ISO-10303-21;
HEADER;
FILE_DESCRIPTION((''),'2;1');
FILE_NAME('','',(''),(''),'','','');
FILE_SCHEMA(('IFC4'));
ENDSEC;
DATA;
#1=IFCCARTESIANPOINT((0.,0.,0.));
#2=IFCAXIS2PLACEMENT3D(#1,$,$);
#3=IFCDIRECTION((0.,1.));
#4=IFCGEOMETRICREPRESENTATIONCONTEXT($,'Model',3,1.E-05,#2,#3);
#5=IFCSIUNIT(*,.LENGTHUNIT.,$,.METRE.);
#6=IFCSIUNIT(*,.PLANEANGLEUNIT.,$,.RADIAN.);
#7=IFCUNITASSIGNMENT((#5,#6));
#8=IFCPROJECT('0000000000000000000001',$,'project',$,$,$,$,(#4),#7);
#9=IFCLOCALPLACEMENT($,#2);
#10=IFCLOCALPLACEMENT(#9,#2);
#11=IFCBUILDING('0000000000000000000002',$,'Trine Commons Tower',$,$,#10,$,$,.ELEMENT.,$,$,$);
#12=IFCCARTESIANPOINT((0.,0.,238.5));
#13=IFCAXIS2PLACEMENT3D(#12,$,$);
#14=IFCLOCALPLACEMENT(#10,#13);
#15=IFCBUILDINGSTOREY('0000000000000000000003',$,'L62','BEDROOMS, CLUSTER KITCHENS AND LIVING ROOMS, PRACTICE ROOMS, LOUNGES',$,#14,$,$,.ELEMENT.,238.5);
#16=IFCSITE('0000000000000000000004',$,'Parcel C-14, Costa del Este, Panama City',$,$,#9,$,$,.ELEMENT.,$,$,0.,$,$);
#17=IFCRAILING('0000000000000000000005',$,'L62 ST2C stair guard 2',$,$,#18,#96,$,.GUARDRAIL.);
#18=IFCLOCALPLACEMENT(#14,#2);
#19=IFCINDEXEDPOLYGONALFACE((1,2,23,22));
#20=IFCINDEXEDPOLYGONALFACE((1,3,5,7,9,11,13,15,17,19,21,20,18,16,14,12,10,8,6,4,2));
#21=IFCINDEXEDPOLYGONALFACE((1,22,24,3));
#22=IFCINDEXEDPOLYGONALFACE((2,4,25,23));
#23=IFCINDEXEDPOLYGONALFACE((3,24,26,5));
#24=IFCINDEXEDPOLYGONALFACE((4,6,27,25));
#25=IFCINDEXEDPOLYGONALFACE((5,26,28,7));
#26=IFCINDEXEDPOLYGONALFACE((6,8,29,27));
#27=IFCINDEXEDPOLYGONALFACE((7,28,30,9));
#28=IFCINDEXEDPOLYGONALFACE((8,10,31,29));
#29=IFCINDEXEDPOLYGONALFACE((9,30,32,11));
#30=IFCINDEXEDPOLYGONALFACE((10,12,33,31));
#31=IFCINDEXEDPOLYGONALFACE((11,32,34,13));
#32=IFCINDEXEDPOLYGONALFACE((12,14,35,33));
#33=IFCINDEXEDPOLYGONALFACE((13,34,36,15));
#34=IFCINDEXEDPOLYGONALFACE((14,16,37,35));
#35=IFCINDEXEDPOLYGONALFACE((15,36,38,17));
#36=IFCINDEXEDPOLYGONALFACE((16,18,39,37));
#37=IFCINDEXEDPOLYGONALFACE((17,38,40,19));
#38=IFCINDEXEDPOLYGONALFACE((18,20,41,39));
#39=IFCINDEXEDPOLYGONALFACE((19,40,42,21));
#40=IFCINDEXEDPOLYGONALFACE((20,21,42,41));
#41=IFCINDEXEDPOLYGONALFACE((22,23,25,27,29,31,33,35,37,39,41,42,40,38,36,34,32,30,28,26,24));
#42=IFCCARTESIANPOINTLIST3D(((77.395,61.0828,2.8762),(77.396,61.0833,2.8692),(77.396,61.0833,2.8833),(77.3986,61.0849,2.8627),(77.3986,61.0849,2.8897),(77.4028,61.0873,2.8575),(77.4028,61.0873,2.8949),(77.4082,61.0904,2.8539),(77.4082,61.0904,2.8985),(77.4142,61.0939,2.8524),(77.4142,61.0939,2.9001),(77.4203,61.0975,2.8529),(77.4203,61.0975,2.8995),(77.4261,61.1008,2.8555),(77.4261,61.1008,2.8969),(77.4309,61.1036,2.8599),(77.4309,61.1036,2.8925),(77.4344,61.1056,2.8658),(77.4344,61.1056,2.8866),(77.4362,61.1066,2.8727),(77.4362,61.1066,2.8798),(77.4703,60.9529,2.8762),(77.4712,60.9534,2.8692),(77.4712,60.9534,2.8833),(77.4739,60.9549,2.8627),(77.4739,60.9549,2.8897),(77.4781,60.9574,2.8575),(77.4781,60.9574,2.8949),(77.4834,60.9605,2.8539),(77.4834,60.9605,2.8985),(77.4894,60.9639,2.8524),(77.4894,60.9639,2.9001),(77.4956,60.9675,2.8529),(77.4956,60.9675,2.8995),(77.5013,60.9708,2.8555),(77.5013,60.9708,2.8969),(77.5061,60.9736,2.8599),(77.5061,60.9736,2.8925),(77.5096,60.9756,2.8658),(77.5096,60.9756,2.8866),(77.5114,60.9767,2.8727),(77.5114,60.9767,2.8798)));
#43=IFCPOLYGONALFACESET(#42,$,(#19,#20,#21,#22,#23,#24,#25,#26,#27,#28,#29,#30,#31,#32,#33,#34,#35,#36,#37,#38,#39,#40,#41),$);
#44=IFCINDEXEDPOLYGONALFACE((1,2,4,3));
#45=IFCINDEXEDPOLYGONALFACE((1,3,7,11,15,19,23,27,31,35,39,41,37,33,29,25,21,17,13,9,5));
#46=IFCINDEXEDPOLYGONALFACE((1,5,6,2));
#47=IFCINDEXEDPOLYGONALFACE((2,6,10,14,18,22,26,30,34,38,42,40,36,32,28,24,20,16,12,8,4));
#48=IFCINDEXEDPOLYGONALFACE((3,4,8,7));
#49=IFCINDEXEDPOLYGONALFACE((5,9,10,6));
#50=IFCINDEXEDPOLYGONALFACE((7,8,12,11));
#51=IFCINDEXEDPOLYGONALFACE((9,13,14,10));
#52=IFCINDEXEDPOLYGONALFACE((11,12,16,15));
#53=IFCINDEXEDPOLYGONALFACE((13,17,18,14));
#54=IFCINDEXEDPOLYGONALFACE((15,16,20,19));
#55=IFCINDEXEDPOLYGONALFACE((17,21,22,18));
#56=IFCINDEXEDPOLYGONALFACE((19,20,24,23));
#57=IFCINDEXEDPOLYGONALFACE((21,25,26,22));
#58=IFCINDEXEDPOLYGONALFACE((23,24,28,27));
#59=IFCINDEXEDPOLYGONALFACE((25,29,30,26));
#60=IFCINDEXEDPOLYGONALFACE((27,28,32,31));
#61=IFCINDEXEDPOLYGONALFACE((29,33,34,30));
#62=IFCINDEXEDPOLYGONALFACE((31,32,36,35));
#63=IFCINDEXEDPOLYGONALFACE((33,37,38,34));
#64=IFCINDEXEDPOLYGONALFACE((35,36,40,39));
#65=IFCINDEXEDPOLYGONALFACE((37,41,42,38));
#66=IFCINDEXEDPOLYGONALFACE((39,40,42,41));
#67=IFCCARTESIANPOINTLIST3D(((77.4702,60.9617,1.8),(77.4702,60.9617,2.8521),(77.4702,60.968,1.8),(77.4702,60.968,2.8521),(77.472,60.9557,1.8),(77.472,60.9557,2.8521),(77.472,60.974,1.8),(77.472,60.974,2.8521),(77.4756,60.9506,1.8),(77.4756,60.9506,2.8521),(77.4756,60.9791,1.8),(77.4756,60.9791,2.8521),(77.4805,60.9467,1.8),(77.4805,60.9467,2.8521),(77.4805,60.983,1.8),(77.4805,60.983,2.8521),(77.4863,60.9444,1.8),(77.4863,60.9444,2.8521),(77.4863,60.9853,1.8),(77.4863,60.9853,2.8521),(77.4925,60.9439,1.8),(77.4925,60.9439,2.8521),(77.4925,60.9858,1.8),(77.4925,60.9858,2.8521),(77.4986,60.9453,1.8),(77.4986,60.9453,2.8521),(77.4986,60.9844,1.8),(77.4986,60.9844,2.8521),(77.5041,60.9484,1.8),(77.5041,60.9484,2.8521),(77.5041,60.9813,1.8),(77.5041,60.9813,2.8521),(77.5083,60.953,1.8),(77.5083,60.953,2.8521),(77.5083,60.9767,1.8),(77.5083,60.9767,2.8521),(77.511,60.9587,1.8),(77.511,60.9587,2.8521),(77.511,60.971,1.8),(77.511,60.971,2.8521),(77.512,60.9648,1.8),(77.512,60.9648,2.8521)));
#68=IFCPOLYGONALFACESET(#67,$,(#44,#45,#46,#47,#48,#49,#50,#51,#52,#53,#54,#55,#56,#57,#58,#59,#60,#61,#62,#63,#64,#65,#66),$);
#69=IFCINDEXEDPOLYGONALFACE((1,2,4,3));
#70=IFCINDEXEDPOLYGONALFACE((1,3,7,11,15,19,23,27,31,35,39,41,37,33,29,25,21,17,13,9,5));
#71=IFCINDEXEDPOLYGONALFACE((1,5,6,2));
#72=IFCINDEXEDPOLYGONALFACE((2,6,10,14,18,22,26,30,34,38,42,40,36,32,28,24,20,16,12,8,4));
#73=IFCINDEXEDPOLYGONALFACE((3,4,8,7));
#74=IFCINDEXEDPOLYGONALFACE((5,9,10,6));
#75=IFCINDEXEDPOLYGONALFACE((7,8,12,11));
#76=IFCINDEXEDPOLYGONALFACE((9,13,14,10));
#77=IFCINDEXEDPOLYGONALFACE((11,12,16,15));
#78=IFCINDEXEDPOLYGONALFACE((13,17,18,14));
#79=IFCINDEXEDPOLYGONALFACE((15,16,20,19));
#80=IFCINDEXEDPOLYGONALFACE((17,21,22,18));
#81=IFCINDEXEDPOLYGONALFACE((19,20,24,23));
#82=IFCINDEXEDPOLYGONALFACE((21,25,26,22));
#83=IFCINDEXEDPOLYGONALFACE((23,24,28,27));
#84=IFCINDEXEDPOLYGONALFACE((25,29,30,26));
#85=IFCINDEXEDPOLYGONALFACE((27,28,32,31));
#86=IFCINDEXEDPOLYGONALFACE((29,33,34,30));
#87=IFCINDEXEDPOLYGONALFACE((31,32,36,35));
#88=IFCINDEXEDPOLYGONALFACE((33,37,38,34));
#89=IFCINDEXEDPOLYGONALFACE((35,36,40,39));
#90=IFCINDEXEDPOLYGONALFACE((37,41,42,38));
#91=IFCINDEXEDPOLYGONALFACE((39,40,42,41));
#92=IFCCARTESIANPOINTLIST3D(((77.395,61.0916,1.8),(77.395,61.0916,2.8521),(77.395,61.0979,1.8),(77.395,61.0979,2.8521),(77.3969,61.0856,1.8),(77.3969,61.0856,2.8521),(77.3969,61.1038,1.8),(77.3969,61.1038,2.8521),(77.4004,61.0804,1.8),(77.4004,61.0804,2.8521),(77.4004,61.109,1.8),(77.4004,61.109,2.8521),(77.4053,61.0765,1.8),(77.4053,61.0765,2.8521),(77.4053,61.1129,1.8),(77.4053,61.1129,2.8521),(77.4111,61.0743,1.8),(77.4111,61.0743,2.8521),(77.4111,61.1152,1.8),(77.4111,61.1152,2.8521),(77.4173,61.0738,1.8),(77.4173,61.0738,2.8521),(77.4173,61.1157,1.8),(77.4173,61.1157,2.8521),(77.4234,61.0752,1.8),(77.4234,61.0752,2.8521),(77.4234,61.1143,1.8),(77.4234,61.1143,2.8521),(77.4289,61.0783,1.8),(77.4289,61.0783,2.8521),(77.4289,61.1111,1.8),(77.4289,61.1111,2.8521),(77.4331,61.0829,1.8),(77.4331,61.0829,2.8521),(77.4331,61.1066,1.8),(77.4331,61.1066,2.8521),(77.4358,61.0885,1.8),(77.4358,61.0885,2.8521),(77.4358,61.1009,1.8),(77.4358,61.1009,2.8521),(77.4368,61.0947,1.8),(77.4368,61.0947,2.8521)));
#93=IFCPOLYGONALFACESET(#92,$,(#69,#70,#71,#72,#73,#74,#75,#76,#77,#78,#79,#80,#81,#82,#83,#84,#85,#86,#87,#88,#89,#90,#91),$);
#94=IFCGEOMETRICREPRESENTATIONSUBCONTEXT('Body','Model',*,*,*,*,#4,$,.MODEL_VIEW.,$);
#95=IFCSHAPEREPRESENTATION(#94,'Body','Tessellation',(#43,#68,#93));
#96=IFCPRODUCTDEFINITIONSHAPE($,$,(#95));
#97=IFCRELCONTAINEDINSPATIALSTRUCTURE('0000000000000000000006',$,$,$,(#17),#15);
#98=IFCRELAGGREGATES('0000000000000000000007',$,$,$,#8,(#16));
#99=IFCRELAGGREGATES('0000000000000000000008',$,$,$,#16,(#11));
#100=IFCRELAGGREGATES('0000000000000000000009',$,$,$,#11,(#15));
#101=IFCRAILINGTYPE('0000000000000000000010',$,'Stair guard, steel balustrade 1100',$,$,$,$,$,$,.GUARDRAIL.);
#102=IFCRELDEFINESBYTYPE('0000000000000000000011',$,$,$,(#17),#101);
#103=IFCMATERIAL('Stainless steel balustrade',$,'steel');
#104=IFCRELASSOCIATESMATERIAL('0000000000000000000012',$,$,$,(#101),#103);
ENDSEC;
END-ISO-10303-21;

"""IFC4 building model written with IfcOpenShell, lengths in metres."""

from ifc_helpers import new_model, si_unit, direction, frame, origin, origin_2d, place, context, subcontext, project, spatial, circle, extrude, material, type_object, element, save


model = new_model("IFC4")

# Units and contexts
model_context = context("Model", 3, precision=1e-05, world=origin(), true_north=direction((0.0, 1.0)))
body_context = subcontext(model_context, "Body", "Model", "MODEL_VIEW")
ifc_project = project(units=[si_unit("LENGTHUNIT", "METRE"), si_unit("PLANEANGLEUNIT", "RADIAN")], contexts=[model_context])

# Site, building, storey
site_placement = place(None, origin())
site = spatial("IfcSite", under=ifc_project, at=site_placement, Name="Parcel C-14, Costa del Este, Panama City", CompositionType="ELEMENT", RefElevation=0.0)
building_placement = place(site_placement, origin())
building = spatial("IfcBuilding", under=site, at=building_placement, Name="Trine Commons Tower", CompositionType="ELEMENT")
storey_placement = place(building_placement, frame((0.0, 0.0, 238.5)))
storey = spatial("IfcBuildingStorey", under=building, at=storey_placement, Name="L62", Description="BEDROOMS, CLUSTER KITCHENS AND LIVING ROOMS, PRACTICE ROOMS, LOUNGES", CompositionType="ELEMENT", Elevation=238.5)

# Railing
ifc_material_1 = material(Name="Stainless steel balustrade", Category="steel")
railing_type_1 = type_object("IfcRailingType", Name="Stair guard, steel balustrade 1100", PredefinedType="GUARDRAIL", material=ifc_material_1)
railing_1_placement = place(storey_placement, frame((77.491, 60.9648, 1.8)))
element("IfcRailing", 1, at=railing_1_placement, inside=storey, type_object=railing_type_1, Name="L62 ST2C stair guard 2", PredefinedType="GUARDRAIL", context=body_context, shape_type="SweptSolid", body=[
    extrude(circle(Radius=0.0239, at=origin_2d()), frame((0.0, 0.0, 1.0762), z_axis=(-0.501036, 0.865426, 0.0), x_axis=(-0.865426, -0.501036, 0.0)), (0.0, 0.0, 1.0), 0.1501),
    extrude(circle(Radius=0.021, at=origin_2d()), origin(), (0.0, 0.0, 1.0), 1.052),
    extrude(circle(Radius=0.021, at=origin_2d()), frame((-0.0752, 0.1299, 0.0)), (0.0, 0.0, 1.0), 1.052),
])

save(model, "model.ifc")
